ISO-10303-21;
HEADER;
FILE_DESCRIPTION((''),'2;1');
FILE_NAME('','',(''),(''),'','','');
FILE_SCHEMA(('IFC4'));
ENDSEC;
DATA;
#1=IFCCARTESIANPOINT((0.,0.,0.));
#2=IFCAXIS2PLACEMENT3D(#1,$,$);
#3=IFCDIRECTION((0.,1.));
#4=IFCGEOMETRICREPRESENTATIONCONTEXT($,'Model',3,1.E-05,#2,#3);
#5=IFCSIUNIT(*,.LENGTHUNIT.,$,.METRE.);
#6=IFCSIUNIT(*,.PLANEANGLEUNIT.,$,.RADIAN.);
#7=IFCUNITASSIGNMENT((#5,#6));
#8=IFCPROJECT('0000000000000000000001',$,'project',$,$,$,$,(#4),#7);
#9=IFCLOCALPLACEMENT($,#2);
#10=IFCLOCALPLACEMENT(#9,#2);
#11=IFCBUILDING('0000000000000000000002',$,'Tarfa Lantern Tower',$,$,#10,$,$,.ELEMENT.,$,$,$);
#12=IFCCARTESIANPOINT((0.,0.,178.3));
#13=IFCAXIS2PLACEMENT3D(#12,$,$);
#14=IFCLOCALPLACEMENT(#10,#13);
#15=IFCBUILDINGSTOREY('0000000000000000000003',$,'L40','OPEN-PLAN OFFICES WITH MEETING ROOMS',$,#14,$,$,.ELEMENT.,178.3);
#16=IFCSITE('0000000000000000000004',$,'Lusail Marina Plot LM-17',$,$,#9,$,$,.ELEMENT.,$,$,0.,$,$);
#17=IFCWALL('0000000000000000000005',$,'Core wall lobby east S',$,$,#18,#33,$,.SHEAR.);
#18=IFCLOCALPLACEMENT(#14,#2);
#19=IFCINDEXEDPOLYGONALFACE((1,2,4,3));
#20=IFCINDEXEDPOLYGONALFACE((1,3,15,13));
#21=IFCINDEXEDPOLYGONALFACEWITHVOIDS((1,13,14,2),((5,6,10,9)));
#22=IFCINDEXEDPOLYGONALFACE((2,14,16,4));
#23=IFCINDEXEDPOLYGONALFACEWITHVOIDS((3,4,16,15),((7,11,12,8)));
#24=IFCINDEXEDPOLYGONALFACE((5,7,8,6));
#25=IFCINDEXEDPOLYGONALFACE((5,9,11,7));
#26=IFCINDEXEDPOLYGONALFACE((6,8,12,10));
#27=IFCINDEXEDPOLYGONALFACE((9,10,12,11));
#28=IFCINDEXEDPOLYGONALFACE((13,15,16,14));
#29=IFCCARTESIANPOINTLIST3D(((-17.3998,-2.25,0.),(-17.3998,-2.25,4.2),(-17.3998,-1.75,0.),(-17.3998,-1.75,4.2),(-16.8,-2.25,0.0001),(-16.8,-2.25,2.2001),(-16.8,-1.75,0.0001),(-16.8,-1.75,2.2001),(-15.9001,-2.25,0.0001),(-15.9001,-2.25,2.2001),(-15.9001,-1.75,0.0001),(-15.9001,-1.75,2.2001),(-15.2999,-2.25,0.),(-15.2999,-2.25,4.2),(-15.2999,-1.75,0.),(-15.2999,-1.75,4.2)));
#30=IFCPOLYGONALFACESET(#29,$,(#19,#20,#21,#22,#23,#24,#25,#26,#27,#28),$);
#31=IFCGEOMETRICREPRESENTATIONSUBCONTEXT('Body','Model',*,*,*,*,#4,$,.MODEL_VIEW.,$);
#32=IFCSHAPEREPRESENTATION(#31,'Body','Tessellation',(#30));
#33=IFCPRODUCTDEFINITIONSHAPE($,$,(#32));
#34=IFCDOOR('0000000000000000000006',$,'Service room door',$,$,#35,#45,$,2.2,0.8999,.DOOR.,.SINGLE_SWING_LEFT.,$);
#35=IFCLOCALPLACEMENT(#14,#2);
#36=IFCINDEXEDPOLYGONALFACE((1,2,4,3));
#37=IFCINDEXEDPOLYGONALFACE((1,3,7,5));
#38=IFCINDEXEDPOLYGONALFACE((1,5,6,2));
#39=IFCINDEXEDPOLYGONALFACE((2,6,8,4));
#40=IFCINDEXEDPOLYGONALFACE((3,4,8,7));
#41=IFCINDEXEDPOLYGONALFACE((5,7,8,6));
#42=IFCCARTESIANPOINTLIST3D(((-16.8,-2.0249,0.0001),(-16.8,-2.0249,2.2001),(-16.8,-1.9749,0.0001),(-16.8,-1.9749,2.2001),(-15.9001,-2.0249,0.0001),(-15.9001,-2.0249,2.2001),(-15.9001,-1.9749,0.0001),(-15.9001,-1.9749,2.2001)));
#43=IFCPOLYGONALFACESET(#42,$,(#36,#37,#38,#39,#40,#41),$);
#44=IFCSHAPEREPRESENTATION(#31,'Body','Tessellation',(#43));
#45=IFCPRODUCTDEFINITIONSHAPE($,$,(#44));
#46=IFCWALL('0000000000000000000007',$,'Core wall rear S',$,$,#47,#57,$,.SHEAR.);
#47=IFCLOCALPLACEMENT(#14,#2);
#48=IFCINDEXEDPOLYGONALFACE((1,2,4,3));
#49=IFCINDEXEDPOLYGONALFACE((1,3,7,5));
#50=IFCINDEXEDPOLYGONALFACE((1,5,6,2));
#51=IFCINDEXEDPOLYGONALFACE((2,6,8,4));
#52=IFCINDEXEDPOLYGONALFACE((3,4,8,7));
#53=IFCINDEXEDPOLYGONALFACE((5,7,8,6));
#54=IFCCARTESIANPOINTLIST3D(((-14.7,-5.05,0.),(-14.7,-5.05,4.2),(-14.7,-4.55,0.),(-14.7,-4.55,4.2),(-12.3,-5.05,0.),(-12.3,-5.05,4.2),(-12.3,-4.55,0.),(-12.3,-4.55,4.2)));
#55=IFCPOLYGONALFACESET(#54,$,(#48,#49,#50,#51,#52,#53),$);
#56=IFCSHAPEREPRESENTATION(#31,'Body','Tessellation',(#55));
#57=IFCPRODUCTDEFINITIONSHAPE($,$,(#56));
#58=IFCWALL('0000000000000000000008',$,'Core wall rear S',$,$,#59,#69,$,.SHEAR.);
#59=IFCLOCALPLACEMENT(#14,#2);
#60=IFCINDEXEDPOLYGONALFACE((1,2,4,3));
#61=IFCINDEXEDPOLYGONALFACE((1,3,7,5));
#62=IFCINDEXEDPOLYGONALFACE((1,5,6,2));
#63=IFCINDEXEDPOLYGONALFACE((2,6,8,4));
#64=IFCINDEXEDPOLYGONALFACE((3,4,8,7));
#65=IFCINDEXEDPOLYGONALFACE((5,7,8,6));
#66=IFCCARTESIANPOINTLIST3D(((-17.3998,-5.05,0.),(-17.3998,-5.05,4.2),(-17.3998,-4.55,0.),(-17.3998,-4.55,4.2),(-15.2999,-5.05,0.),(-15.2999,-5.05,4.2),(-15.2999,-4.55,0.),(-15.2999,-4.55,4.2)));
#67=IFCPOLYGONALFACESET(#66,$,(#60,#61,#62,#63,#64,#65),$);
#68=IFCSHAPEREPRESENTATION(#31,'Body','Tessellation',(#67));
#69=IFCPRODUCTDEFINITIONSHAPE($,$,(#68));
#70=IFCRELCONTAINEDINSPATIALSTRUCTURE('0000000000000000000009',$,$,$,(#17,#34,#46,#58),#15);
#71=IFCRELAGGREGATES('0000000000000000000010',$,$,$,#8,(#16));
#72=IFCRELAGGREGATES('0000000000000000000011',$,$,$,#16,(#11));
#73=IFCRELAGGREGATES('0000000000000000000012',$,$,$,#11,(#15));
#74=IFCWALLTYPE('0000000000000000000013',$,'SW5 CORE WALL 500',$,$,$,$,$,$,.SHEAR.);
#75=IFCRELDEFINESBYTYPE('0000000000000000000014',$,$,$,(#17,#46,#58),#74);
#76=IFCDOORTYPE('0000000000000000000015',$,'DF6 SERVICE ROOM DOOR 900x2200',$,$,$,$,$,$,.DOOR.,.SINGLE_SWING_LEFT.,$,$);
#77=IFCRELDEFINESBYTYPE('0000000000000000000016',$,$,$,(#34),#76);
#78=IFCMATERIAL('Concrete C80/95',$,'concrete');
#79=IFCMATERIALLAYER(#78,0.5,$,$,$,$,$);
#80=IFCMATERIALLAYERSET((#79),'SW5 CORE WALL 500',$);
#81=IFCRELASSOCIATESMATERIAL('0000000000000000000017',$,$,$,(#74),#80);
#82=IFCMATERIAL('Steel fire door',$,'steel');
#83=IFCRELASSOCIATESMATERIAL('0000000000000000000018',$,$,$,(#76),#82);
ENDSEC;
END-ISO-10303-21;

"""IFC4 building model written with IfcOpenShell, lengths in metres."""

from ifc_helpers import new_model, si_unit, direction, frame, frame_2d, origin, place, context, subcontext, project, spatial, rectangle, extrude, material, layer, layer_set, type_object, element, fill, save


model = new_model("IFC4")

# Units and contexts
model_context = context("Model", 3, precision=1e-05, world=origin(), true_north=direction((0.0, 1.0)))
body_context = subcontext(model_context, "Body", "Model", "MODEL_VIEW")
ifc_project = project(units=[si_unit("LENGTHUNIT", "METRE"), si_unit("PLANEANGLEUNIT", "RADIAN")], contexts=[model_context])

# Site, building, storey
site_placement = place(None, origin())
site = spatial("IfcSite", under=ifc_project, at=site_placement, Name="Lusail Marina Plot LM-17", CompositionType="ELEMENT", RefElevation=0.0)
building_placement = place(site_placement, origin())
building = spatial("IfcBuilding", under=site, at=building_placement, Name="Tarfa Lantern Tower", CompositionType="ELEMENT")
storey_placement = place(building_placement, frame((0.0, 0.0, 178.3)))
storey = spatial("IfcBuildingStorey", under=building, at=storey_placement, Name="L40", Description="OPEN-PLAN OFFICES WITH MEETING ROOMS", CompositionType="ELEMENT", Elevation=178.3)

# Shared definitions
ifc_material_1 = material(Name="Concrete C80/95", Category="concrete")

# Shared definitions
ifc_layer_1 = layer(ifc_material_1, 0.5)
ifc_layer_set_1 = layer_set([ifc_layer_1], Name="SW5 CORE WALL 500")
wall_type_1 = type_object("IfcWallType", Name="SW5 CORE WALL 500", PredefinedType="SHEAR", material=ifc_layer_set_1)

# Wall, opening, door
wall_1_placement = place(storey_placement, frame((-15.3, -2.0, 0.0), z_axis=(0.0, 0.0, 1.0), x_axis=(-1.0, 0.0, 0.0)))
wall_1 = element("IfcWall", 1, at=wall_1_placement, inside=storey, type_object=wall_type_1, Name="Core wall lobby east S", PredefinedType="SHEAR", context=body_context, shape_type="SweptSolid", body=[
    extrude(rectangle(XDim=2.0999, YDim=0.5, at=frame_2d((1.0498, 0.0))), origin(), (0.0, 0.0, 1.0), 4.2),
])
opening_1_placement = place(wall_1_placement, frame((0.6001, 0.0, 0.0)))
opening_1 = element("IfcOpeningElement", 2, at=opening_1_placement, cuts=wall_1, PredefinedType="OPENING", context=body_context, shape_type="SweptSolid", body=[
    extrude(rectangle(XDim=0.8999, YDim=2.2, at=frame_2d((0.45, 1.1001))), frame((0.0, 0.26, 0.0), z_axis=(0.0, -1.0, 0.0), x_axis=(1.0, 0.0, 0.0)), (0.0, 0.0, 1.0), 0.52),
])
ifc_material_2 = material(Name="Steel fire door", Category="steel")
door_type_1 = type_object("IfcDoorType", Name="DF6 SERVICE ROOM DOOR 900x2200", OperationType="SINGLE_SWING_LEFT", PredefinedType="DOOR", material=ifc_material_2)
door_1_placement = place(opening_1_placement, origin())
door_1 = element("IfcDoor", 3, at=door_1_placement, inside=storey, type_object=door_type_1, Name="Service room door", OperationType="SINGLE_SWING_LEFT", OverallHeight=2.2, OverallWidth=0.8999, PredefinedType="DOOR", context=body_context, shape_type="SweptSolid", body=[
    extrude(rectangle(XDim=0.8999, YDim=2.2, at=frame_2d((0.45, 1.1001))), frame((0.0, 0.0249, 0.0), z_axis=(0.0, -1.0, 0.0), x_axis=(1.0, 0.0, 0.0)), (0.0, 0.0, 1.0), 0.05),
])
fill(opening_1, door_1)

# Walls
wall_2_placement = place(storey_placement, frame((-12.3, -4.8, 0.0), z_axis=(0.0, 0.0, 1.0), x_axis=(-1.0, 0.0, 0.0)))
element("IfcWall", 4, at=wall_2_placement, inside=storey, type_object=wall_type_1, Name="Core wall rear S", PredefinedType="SHEAR", context=body_context, shape_type="SweptSolid", body=[
    extrude(rectangle(XDim=2.3999, YDim=0.5, at=frame_2d((1.2, 0.0))), origin(), (0.0, 0.0, 1.0), 4.2),
])
wall_3_placement = place(storey_placement, frame((-15.3, -4.8, 0.0), z_axis=(0.0, 0.0, 1.0), x_axis=(-1.0, 0.0, 0.0)))
element("IfcWall", 5, at=wall_3_placement, inside=storey, type_object=wall_type_1, Name="Core wall rear S", PredefinedType="SHEAR", context=body_context, shape_type="SweptSolid", body=[
    extrude(rectangle(XDim=2.0999, YDim=0.5, at=frame_2d((1.0498, 0.0))), origin(), (0.0, 0.0, 1.0), 4.2),
])

save(model, "model.ifc")
